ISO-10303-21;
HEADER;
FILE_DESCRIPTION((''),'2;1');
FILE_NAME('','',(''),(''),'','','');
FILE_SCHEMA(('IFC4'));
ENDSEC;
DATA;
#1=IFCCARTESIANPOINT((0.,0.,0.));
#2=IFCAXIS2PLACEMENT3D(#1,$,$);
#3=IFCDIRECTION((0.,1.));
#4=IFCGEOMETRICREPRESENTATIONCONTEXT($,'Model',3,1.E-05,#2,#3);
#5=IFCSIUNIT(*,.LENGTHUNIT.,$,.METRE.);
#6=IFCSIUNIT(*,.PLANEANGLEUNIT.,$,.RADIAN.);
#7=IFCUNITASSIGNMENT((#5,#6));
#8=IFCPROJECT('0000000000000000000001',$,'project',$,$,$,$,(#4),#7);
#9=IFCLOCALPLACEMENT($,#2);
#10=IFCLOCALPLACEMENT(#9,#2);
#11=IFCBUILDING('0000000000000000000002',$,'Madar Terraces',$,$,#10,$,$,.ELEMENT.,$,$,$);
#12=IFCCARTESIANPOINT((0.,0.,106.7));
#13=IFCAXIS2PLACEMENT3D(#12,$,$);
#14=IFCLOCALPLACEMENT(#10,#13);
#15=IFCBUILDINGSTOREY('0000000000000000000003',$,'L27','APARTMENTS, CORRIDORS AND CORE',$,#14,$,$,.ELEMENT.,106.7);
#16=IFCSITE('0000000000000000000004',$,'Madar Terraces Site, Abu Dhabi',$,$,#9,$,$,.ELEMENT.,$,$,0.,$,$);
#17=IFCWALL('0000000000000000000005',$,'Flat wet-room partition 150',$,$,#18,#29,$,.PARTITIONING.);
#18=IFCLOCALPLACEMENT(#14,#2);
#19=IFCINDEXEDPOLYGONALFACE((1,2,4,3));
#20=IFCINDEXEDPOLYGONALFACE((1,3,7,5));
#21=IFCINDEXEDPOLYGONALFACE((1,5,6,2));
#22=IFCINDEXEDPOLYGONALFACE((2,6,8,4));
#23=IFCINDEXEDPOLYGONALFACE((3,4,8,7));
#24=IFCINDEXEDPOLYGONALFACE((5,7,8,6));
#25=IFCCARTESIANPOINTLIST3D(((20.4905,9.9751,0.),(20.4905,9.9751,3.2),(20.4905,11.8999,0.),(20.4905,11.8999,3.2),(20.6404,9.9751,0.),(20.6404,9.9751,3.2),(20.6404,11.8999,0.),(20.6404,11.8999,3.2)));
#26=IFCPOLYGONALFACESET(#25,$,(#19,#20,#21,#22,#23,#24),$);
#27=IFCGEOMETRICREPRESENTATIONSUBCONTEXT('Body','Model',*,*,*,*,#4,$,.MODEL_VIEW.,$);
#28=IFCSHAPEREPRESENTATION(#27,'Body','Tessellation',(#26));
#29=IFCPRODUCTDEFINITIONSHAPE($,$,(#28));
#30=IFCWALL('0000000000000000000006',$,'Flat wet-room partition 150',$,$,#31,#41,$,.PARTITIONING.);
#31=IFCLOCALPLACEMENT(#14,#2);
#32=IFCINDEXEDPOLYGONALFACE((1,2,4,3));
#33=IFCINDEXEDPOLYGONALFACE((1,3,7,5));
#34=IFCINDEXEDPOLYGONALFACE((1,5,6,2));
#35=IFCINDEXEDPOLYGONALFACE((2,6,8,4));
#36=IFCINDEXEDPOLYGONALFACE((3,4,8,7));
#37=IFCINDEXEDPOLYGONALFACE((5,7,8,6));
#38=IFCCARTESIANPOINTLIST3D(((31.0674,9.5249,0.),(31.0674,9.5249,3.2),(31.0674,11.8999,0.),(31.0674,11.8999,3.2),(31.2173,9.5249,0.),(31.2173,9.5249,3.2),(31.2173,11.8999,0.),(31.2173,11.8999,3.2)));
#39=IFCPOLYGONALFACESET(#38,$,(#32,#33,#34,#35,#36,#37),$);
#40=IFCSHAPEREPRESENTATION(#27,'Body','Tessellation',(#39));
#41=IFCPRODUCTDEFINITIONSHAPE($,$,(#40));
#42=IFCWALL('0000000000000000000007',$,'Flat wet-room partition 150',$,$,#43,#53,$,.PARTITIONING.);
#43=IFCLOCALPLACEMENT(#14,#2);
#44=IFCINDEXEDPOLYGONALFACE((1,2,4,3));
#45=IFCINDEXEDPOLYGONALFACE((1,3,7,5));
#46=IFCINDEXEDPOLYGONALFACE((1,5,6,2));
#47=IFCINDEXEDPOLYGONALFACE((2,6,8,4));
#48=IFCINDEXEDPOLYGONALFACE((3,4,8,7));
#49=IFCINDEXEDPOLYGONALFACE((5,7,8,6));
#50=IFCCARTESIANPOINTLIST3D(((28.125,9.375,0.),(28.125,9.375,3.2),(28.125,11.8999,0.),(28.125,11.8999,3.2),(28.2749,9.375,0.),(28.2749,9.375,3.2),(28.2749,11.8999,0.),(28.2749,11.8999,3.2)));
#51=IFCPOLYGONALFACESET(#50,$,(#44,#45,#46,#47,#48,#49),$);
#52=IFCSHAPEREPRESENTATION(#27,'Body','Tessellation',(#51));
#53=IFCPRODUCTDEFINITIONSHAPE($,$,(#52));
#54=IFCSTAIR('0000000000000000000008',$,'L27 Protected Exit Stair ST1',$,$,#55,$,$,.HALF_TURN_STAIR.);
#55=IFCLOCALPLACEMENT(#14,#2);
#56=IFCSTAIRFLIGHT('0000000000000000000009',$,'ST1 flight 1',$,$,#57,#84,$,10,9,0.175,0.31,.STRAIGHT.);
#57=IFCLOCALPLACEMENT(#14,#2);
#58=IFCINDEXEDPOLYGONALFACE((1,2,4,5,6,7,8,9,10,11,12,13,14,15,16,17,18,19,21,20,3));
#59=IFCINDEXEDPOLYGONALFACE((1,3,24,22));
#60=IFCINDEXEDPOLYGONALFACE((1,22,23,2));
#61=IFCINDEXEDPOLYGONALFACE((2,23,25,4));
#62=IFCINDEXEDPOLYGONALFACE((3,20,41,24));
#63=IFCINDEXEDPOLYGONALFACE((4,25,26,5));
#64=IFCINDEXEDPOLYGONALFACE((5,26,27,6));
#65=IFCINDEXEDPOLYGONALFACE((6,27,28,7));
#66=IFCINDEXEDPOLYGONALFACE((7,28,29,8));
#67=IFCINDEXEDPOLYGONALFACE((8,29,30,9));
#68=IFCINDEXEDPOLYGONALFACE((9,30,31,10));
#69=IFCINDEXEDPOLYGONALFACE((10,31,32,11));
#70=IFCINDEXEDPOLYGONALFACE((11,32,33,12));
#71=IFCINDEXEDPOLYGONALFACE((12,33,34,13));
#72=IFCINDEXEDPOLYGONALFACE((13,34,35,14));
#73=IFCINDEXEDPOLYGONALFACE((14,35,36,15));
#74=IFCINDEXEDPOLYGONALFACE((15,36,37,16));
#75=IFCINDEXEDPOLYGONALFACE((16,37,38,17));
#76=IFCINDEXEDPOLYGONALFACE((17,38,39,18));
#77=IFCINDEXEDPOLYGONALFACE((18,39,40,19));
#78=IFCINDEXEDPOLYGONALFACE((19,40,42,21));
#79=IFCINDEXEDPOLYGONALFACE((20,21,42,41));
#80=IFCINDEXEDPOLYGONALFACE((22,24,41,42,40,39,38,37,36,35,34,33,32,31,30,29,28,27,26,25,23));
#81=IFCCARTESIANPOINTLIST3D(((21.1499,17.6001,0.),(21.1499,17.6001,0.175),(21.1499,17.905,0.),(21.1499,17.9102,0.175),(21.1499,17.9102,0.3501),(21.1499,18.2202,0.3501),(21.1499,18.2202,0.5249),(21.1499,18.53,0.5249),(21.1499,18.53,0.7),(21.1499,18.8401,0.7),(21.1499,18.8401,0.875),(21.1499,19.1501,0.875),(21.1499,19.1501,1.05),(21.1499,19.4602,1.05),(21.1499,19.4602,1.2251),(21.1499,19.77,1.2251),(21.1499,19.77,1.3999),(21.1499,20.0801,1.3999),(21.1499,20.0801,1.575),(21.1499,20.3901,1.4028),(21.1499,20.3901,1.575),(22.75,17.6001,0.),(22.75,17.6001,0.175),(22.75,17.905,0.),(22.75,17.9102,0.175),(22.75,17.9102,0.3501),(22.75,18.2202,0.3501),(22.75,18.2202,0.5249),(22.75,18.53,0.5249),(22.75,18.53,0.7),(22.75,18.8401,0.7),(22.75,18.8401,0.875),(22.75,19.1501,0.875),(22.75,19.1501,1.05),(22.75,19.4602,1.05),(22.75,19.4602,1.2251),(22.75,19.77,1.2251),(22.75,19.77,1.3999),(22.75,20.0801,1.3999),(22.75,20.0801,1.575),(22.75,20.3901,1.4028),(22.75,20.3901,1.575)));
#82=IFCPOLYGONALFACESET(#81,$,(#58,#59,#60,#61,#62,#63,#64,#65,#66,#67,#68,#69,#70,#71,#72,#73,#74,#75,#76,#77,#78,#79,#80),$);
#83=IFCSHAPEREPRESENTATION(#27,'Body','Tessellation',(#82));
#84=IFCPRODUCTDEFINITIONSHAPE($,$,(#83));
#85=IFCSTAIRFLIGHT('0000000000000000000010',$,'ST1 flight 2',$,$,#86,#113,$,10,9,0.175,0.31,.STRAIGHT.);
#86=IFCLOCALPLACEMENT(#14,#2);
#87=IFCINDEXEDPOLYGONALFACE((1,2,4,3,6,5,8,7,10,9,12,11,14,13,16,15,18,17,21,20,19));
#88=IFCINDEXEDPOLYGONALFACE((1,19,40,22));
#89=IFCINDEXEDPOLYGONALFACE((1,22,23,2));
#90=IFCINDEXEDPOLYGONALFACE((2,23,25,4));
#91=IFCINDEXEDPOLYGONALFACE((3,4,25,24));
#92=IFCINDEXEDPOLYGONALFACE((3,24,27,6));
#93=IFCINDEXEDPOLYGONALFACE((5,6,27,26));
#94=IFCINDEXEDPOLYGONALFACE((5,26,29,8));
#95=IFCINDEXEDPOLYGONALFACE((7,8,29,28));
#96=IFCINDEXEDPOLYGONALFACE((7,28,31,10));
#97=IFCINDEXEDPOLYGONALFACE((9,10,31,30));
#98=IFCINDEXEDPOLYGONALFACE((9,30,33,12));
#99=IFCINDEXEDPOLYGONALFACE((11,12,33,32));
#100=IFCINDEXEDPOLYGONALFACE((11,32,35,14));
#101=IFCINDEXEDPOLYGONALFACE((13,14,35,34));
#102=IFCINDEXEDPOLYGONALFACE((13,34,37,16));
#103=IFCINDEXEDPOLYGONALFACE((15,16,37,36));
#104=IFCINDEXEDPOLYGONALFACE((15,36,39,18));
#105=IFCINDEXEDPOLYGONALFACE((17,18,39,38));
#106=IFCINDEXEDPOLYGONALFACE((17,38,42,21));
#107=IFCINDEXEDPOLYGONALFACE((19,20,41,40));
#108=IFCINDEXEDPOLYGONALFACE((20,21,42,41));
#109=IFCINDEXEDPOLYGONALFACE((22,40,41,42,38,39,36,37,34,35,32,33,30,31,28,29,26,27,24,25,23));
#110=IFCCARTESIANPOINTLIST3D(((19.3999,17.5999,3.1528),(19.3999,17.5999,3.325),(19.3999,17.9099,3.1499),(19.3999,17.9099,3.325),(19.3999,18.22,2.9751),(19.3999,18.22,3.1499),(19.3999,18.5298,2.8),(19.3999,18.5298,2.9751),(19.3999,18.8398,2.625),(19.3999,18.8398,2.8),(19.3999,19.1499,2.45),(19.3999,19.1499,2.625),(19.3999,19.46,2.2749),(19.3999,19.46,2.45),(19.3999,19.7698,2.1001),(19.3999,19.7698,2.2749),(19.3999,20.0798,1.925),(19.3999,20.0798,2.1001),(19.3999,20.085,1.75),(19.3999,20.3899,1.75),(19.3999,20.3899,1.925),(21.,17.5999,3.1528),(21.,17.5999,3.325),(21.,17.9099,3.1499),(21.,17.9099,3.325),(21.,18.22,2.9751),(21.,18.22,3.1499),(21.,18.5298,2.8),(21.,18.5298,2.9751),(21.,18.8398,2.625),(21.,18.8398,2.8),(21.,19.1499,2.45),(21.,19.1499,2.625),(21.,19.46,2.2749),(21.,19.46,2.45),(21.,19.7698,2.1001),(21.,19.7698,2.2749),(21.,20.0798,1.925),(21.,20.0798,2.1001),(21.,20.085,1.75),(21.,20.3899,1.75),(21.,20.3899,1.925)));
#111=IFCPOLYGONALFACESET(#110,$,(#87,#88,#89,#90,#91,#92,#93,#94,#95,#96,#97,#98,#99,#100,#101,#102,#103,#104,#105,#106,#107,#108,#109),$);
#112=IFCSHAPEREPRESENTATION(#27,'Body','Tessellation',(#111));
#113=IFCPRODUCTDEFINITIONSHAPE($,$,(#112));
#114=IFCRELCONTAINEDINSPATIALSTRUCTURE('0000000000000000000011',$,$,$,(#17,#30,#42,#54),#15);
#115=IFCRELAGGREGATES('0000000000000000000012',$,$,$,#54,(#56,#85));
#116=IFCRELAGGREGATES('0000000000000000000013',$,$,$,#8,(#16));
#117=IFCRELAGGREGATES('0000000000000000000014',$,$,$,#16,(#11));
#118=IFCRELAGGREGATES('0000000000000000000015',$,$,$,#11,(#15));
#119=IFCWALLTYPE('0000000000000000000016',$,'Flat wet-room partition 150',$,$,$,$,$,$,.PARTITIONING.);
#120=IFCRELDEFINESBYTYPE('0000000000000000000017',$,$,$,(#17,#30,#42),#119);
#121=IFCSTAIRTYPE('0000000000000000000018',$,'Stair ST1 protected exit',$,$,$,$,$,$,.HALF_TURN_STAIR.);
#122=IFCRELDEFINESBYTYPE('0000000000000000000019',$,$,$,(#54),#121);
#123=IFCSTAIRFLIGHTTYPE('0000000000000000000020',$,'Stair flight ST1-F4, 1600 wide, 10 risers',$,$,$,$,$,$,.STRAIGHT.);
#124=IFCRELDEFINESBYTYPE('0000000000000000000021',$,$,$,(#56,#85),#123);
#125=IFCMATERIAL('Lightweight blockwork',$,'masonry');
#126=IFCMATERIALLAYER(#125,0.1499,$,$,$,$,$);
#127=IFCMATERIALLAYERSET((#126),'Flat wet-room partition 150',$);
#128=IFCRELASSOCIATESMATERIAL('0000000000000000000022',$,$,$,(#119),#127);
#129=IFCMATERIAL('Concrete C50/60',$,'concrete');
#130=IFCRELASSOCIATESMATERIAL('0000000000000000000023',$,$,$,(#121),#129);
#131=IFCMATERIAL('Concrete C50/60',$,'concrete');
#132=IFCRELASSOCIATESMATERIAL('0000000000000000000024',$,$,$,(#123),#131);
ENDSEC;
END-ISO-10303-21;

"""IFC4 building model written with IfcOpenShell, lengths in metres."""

from ifc_helpers import new_model, si_unit, direction, frame, frame_2d, origin, place, context, subcontext, project, spatial, polyline, rectangle, outline, extrude, material, layer, layer_set, type_object, element, aggregate, save


model = new_model("IFC4")

# Units and contexts
model_context = context("Model", 3, precision=1e-05, world=origin(), true_north=direction((0.0, 1.0)))
body_context = subcontext(model_context, "Body", "Model", "MODEL_VIEW")
ifc_project = project(units=[si_unit("LENGTHUNIT", "METRE"), si_unit("PLANEANGLEUNIT", "RADIAN")], contexts=[model_context])

# Site, building, storey
site_placement = place(None, origin())
site = spatial("IfcSite", under=ifc_project, at=site_placement, Name="Madar Terraces Site, Abu Dhabi", CompositionType="ELEMENT", RefElevation=0.0)
building_placement = place(site_placement, origin())
building = spatial("IfcBuilding", under=site, at=building_placement, Name="Madar Terraces", CompositionType="ELEMENT")
storey_placement = place(building_placement, frame((0.0, 0.0, 106.7)))
storey = spatial("IfcBuildingStorey", under=building, at=storey_placement, Name="L27", Description="APARTMENTS, CORRIDORS AND CORE", CompositionType="ELEMENT", Elevation=106.7)

# Walls
ifc_material_1 = material(Name="Lightweight blockwork", Category="masonry")
ifc_layer_1 = layer(ifc_material_1, 0.1499)
ifc_layer_set_1 = layer_set([ifc_layer_1], Name="Flat wet-room partition 150")
wall_type_1 = type_object("IfcWallType", Name="Flat wet-room partition 150", PredefinedType="PARTITIONING", material=ifc_layer_set_1)
wall_1_placement = place(storey_placement, frame((20.5654, 11.8999, 0.0), z_axis=(0.0, 0.0, 1.0), x_axis=(0.0, -1.0, 0.0)))
element("IfcWall", 1, at=wall_1_placement, inside=storey, type_object=wall_type_1, Name="Flat wet-room partition 150", PredefinedType="PARTITIONING", context=body_context, shape_type="SweptSolid", body=[
    extrude(rectangle(XDim=1.9248, YDim=0.1499, at=frame_2d((0.9624, 0.0))), origin(), (0.0, 0.0, 1.0), 3.2),
])
wall_2_placement = place(storey_placement, frame((31.1423, 11.8999, 0.0), z_axis=(0.0, 0.0, 1.0), x_axis=(0.0, -1.0, 0.0)))
element("IfcWall", 2, at=wall_2_placement, inside=storey, type_object=wall_type_1, Name="Flat wet-room partition 150", PredefinedType="PARTITIONING", context=body_context, shape_type="SweptSolid", body=[
    extrude(rectangle(XDim=2.375, YDim=0.1499, at=frame_2d((1.1875, 0.0))), origin(), (0.0, 0.0, 1.0), 3.2),
])
wall_3_placement = place(storey_placement, frame((28.2, 11.8999, 0.0), z_axis=(0.0, 0.0, 1.0), x_axis=(0.0, -1.0, 0.0)))
element("IfcWall", 3, at=wall_3_placement, inside=storey, type_object=wall_type_1, Name="Flat wet-room partition 150", PredefinedType="PARTITIONING", context=body_context, shape_type="SweptSolid", body=[
    extrude(rectangle(XDim=2.5249, YDim=0.1499, at=frame_2d((1.2625, 0.0))), origin(), (0.0, 0.0, 1.0), 3.2),
])

# Stair, stair flights
ifc_material_2 = material(Name="Concrete C50/60", Category="concrete")
stair_type = type_object("IfcStairType", Name="Stair ST1 protected exit", PredefinedType="HALF_TURN_STAIR", material=ifc_material_2)
stair_placement = place(storey_placement, origin())
stair = element("IfcStair", 4, at=stair_placement, inside=storey, type_object=stair_type, Name="L27 Protected Exit Stair ST1", PredefinedType="HALF_TURN_STAIR")
ifc_material_3 = material(Name="Concrete C50/60", Category="concrete")
stair_flight_type = type_object("IfcStairFlightType", Name="Stair flight ST1-F4, 1600 wide, 10 risers", PredefinedType="STRAIGHT", material=ifc_material_3)
stair_flight_1_placement = place(storey_placement, frame((21.95, 17.6001, 0.0), z_axis=(0.0, 0.0, 1.0), x_axis=(0.0, 1.0, 0.0)))
stair_flight_1 = element("IfcStairFlight", 5, at=stair_flight_1_placement, type_object=stair_flight_type, Name="ST1 flight 1", NumberOfRisers=10, NumberOfTreads=9, PredefinedType="STRAIGHT", RiserHeight=0.175, TreadLength=0.31, context=body_context, shape_type="SweptSolid", body=[
    extrude(outline(polyline([(0.0, 0.0), (0.0, 0.175), (0.3101, 0.175), (0.3101, 0.3501), (0.6201, 0.3501), (0.6201, 0.5249), (0.9299, 0.5249), (0.9299, 0.7), (1.24, 0.7), (1.24, 0.875), (1.55, 0.875), (1.55, 1.05), (1.8601, 1.05), (1.8601, 1.2251), (2.1699, 1.2251), (2.1699, 1.3999), (2.48, 1.3999), (2.48, 1.575), (2.79, 1.575), (2.79, 1.75), (2.79, 1.4028), (0.3049, 0.0), (0.0, 0.0)])), frame((0.0, 0.8, 0.0), z_axis=(0.0, -1.0, 0.0), x_axis=(1.0, 0.0, 0.0)), (0.0, 0.0, 1.0), 1.6001),
])
stair_flight_2_placement = place(storey_placement, frame((20.2, 20.3899, 1.75), z_axis=(0.0, 0.0, 1.0), x_axis=(0.0, -1.0, 0.0)))
stair_flight_2 = element("IfcStairFlight", 6, at=stair_flight_2_placement, type_object=stair_flight_type, Name="ST1 flight 2", NumberOfRisers=10, NumberOfTreads=9, PredefinedType="STRAIGHT", RiserHeight=0.175, TreadLength=0.31, context=body_context, shape_type="SweptSolid", body=[
    extrude(outline(polyline([(0.0, 0.0), (0.0, 0.175), (0.3101, 0.175), (0.3101, 0.3501), (0.6201, 0.3501), (0.6201, 0.5249), (0.9299, 0.5249), (0.9299, 0.7), (1.24, 0.7), (1.24, 0.875), (1.55, 0.875), (1.55, 1.05), (1.8601, 1.05), (1.8601, 1.2251), (2.1699, 1.2251), (2.1699, 1.3999), (2.48, 1.3999), (2.48, 1.575), (2.79, 1.575), (2.79, 1.75), (2.79, 1.4028), (0.3049, 0.0), (0.0, 0.0)])), frame((0.0, 0.8, 0.0), z_axis=(0.0, -1.0, 0.0), x_axis=(1.0, 0.0, 0.0)), (0.0, 0.0, 1.0), 1.6001),
])
aggregate(stair, [stair_flight_1, stair_flight_2])

save(model, "model.ifc")
